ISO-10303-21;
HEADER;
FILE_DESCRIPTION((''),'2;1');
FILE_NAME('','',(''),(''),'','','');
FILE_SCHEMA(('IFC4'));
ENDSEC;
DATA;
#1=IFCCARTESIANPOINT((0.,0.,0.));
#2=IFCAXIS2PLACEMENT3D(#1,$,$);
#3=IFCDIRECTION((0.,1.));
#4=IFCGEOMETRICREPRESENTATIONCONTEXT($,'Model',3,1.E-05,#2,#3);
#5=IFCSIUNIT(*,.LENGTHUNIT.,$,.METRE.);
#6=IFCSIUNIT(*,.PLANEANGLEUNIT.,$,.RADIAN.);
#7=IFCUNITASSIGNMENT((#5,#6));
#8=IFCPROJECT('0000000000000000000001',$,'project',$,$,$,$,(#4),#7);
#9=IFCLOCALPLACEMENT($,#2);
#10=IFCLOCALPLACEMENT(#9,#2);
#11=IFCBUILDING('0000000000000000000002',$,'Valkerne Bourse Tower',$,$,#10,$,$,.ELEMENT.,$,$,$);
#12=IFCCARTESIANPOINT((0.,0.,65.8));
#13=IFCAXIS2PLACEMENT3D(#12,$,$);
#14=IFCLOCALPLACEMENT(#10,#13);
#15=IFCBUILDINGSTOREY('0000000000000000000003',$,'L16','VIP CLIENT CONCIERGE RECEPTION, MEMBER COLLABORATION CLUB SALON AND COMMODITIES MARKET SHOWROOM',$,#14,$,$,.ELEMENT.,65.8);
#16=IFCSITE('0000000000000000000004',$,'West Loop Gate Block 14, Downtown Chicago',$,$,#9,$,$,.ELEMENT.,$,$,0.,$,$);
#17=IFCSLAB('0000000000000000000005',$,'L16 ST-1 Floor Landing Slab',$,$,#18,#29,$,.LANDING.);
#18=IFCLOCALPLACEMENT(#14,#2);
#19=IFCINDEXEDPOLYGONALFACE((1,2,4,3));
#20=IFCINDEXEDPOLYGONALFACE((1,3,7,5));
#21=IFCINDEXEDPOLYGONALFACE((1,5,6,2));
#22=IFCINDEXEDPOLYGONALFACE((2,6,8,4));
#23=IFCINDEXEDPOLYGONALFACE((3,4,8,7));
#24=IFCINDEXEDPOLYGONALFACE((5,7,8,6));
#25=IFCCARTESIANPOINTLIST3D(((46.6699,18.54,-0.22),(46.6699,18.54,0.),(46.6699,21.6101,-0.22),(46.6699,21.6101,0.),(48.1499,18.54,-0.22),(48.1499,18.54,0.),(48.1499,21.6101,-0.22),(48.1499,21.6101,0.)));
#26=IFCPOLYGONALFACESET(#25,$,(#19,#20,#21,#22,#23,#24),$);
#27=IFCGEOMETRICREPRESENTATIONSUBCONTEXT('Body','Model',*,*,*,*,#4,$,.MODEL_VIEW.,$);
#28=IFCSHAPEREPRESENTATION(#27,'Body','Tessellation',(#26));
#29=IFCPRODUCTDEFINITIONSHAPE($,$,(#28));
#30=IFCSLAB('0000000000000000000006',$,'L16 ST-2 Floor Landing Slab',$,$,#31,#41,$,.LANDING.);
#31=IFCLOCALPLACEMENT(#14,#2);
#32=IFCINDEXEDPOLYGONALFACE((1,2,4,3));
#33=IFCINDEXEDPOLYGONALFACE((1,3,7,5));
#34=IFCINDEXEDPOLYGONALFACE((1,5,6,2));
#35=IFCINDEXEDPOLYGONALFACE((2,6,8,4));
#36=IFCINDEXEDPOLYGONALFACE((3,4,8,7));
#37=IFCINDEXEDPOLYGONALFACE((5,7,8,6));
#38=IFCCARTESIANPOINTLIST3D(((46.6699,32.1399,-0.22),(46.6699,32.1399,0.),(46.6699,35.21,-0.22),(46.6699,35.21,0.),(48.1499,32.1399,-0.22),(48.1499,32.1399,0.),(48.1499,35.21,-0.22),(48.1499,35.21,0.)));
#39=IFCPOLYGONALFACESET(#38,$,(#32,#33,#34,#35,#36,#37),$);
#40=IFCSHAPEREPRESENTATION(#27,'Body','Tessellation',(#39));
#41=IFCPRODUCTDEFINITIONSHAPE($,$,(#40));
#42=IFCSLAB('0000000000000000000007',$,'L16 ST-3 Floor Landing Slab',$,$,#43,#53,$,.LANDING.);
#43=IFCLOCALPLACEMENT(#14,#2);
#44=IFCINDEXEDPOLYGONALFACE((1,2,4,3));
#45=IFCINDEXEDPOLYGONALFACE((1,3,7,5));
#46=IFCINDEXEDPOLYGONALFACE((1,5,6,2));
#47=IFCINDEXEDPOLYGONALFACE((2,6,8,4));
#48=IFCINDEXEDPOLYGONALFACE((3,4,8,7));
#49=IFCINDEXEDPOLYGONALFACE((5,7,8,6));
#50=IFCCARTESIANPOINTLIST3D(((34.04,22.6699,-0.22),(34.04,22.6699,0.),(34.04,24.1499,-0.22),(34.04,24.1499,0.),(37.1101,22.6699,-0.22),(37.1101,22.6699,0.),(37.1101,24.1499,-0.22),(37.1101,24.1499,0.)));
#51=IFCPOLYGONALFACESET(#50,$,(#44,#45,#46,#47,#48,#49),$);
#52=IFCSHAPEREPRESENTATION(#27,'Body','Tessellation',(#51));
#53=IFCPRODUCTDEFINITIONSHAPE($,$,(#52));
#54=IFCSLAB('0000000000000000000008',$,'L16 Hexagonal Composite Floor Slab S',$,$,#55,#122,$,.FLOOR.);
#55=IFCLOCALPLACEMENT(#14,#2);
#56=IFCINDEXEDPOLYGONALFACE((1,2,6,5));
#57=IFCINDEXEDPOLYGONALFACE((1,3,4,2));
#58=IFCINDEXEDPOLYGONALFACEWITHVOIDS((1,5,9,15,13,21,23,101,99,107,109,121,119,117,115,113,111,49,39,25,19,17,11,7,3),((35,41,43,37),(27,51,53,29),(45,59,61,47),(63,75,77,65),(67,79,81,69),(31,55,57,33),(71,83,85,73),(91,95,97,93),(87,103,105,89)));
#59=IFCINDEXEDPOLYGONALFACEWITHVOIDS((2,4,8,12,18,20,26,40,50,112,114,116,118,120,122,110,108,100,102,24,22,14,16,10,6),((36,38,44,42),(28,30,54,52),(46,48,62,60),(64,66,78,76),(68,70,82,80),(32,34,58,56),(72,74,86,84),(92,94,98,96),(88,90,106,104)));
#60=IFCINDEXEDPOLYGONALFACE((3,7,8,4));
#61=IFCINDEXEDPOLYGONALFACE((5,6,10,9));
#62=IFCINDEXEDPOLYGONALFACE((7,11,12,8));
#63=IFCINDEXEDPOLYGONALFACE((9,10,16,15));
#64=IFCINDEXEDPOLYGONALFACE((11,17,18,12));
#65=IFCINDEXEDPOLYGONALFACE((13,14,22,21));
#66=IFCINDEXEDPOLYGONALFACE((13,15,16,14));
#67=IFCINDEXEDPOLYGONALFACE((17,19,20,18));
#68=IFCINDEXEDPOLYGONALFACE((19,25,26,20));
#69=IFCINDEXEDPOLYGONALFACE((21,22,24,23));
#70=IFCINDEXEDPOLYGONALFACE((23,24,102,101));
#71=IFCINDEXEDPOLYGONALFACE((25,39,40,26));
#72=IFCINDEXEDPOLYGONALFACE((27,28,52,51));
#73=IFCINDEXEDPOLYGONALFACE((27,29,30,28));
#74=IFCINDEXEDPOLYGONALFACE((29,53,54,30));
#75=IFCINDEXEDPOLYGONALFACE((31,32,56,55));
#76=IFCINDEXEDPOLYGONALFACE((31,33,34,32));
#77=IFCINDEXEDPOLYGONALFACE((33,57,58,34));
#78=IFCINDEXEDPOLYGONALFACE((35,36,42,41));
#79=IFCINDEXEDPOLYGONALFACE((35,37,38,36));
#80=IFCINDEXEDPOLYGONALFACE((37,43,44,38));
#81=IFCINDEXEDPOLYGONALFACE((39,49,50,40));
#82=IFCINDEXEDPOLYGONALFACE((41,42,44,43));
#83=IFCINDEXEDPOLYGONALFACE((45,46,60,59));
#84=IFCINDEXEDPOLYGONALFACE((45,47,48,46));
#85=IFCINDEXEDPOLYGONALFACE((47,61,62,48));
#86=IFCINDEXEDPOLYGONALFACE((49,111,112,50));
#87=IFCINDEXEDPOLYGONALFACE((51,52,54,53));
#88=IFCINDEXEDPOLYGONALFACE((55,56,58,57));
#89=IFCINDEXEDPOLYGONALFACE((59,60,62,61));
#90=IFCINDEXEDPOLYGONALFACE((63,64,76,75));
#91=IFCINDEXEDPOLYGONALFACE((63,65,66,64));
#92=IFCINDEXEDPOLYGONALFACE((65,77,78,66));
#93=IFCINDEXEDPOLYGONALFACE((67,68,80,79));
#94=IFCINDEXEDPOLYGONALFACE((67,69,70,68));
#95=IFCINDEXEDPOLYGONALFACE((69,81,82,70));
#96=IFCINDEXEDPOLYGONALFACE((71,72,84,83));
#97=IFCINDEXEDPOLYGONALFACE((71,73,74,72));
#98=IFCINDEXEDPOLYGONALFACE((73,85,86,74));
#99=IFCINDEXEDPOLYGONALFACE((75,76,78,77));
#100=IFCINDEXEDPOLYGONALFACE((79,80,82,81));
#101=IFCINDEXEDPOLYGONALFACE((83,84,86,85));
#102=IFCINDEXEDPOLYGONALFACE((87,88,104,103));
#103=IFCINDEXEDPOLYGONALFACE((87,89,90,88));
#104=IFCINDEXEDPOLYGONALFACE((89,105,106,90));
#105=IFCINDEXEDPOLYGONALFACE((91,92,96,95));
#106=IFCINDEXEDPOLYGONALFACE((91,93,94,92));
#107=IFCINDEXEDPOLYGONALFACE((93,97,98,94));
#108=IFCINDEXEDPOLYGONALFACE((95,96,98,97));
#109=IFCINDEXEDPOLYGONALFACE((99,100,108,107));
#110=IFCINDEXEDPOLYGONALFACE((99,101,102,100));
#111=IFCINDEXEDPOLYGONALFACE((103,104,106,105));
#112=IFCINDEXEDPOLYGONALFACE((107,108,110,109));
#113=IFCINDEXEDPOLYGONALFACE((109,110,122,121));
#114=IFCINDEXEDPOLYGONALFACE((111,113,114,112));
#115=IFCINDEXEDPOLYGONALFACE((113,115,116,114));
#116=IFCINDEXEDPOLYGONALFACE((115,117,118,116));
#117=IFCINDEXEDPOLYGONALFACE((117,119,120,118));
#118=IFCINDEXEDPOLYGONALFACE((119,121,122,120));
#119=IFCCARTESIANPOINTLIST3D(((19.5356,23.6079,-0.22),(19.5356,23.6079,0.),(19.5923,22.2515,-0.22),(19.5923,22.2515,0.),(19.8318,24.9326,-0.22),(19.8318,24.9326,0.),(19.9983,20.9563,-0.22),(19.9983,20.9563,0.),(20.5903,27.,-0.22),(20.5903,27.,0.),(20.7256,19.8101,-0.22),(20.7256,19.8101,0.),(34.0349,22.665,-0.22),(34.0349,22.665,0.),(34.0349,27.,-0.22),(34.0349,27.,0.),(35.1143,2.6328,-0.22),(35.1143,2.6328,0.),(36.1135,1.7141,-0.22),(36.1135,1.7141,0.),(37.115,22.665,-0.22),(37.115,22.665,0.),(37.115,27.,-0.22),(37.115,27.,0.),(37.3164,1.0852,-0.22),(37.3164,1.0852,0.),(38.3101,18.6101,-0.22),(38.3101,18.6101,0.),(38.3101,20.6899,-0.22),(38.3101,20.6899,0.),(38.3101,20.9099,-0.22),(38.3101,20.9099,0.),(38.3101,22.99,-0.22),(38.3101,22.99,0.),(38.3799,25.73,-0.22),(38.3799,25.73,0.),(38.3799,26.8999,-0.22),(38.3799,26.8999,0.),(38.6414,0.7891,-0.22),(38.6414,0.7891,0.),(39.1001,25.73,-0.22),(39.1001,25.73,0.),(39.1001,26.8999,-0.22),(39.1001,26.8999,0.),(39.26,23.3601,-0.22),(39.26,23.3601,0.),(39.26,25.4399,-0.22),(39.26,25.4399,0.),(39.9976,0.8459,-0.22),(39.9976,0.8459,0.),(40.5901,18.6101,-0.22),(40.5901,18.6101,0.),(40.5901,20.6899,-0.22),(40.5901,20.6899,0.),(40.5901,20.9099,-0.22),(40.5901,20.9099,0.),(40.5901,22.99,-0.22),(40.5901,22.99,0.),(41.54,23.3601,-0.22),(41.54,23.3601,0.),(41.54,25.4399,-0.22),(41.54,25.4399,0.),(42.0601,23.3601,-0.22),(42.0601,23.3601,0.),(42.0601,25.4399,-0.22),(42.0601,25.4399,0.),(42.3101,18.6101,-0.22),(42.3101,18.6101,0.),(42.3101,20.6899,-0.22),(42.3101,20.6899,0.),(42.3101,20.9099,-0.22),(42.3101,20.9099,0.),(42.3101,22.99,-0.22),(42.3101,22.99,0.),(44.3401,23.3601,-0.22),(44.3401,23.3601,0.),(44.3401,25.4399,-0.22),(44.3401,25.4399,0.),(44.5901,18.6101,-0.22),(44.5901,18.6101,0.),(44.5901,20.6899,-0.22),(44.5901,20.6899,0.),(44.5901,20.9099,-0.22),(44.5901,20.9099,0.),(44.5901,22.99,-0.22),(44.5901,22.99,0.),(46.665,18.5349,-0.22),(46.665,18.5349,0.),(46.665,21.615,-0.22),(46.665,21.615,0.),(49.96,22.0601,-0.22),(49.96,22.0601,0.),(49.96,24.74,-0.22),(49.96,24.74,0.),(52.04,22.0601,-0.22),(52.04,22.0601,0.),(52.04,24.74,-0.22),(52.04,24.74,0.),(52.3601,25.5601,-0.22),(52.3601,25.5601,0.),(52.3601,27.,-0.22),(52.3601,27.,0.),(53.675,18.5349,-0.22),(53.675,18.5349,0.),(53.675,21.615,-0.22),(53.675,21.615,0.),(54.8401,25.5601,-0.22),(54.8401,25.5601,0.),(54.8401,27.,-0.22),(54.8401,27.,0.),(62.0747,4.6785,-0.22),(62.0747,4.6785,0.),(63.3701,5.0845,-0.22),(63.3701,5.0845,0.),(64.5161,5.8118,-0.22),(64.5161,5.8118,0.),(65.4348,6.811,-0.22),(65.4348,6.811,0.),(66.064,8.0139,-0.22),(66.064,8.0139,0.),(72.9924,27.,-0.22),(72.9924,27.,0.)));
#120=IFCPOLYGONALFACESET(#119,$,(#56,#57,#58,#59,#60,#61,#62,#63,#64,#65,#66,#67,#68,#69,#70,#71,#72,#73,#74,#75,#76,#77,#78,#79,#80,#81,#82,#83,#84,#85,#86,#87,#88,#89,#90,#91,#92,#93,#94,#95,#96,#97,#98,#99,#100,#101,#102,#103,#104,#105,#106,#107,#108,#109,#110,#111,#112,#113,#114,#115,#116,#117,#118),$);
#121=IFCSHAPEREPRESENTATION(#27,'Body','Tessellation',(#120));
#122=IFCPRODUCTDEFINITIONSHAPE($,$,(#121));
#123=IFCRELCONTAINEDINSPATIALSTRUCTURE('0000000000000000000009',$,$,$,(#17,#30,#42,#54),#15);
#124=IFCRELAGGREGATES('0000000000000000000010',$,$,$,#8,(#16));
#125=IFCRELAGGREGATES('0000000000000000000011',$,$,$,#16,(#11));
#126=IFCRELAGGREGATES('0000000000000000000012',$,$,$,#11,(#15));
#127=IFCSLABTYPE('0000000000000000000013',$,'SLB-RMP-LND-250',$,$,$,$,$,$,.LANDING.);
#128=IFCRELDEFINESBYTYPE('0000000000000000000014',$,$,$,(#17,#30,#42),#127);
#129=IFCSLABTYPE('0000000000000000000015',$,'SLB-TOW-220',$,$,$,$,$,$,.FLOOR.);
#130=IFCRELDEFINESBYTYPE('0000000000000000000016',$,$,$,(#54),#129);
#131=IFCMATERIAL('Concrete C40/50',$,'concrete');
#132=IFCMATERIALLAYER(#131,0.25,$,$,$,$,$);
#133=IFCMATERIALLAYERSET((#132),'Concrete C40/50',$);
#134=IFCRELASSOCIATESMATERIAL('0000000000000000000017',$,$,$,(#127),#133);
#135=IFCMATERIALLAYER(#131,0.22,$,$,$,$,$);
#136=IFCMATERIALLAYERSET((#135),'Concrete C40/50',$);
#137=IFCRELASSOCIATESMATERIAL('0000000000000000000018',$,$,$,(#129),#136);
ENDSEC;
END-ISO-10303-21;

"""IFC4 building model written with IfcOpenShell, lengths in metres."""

from ifc_helpers import new_model, si_unit, direction, frame, origin, place, context, subcontext, project, spatial, polyline, outline, extrude, material, layer, layer_set, type_object, element, save


model = new_model("IFC4")

# Units and contexts
model_context = context("Model", 3, precision=1e-05, world=origin(), true_north=direction((0.0, 1.0)))
body_context = subcontext(model_context, "Body", "Model", "MODEL_VIEW")
ifc_project = project(units=[si_unit("LENGTHUNIT", "METRE"), si_unit("PLANEANGLEUNIT", "RADIAN")], contexts=[model_context])

# Site, building, storey
site_placement = place(None, origin())
site = spatial("IfcSite", under=ifc_project, at=site_placement, Name="West Loop Gate Block 14, Downtown Chicago", CompositionType="ELEMENT", RefElevation=0.0)
building_placement = place(site_placement, origin())
building = spatial("IfcBuilding", under=site, at=building_placement, Name="Valkerne Bourse Tower", CompositionType="ELEMENT")
storey_placement = place(building_placement, frame((0.0, 0.0, 65.8)))
storey = spatial("IfcBuildingStorey", under=building, at=storey_placement, Name="L16", Description="VIP CLIENT CONCIERGE RECEPTION, MEMBER COLLABORATION CLUB SALON AND COMMODITIES MARKET SHOWROOM", CompositionType="ELEMENT", Elevation=65.8)

# Slabs
ifc_material_1 = material(Name="Concrete C40/50", Category="concrete")
ifc_layer_1 = layer(ifc_material_1, 0.25)
ifc_layer_set_1 = layer_set([ifc_layer_1], Name="Concrete C40/50")
slab_type_1 = type_object("IfcSlabType", Name="SLB-RMP-LND-250", PredefinedType="LANDING", material=ifc_layer_set_1)
slab_1_placement = place(storey_placement, frame((0.0, 0.0, -0.22)))
element("IfcSlab", 1, at=slab_1_placement, inside=storey, type_object=slab_type_1, Name="L16 ST-1 Floor Landing Slab", PredefinedType="LANDING", context=body_context, shape_type="SweptSolid", body=[
    extrude(outline(polyline([(46.6699, 18.54), (48.1499, 18.54), (48.1499, 21.6101), (46.6699, 21.6101), (46.6699, 18.54)])), origin(), (0.0, 0.0, 1.0), 0.22),
])
slab_2_placement = place(storey_placement, frame((0.0, 0.0, -0.22)))
element("IfcSlab", 2, at=slab_2_placement, inside=storey, type_object=slab_type_1, Name="L16 ST-2 Floor Landing Slab", PredefinedType="LANDING", context=body_context, shape_type="SweptSolid", body=[
    extrude(outline(polyline([(46.6699, 32.1399), (48.1499, 32.1399), (48.1499, 35.21), (46.6699, 35.21), (46.6699, 32.1399)])), origin(), (0.0, 0.0, 1.0), 0.22),
])
slab_3_placement = place(storey_placement, frame((0.0, 0.0, -0.22)))
element("IfcSlab", 3, at=slab_3_placement, inside=storey, type_object=slab_type_1, Name="L16 ST-3 Floor Landing Slab", PredefinedType="LANDING", context=body_context, shape_type="SweptSolid", body=[
    extrude(outline(polyline([(37.1101, 22.6699), (37.1101, 24.1499), (34.04, 24.1499), (34.04, 22.6699), (37.1101, 22.6699)])), origin(), (0.0, 0.0, 1.0), 0.22),
])
ifc_layer_2 = layer(ifc_material_1, 0.22)
ifc_layer_set_2 = layer_set([ifc_layer_2], Name="Concrete C40/50")
slab_type_2 = type_object("IfcSlabType", Name="SLB-TOW-220", PredefinedType="FLOOR", material=ifc_layer_set_2)
slab_4_placement = place(storey_placement, frame((0.0, 0.0, -0.22)))
element("IfcSlab", 4, at=slab_4_placement, inside=storey, type_object=slab_type_2, Name="L16 Hexagonal Composite Floor Slab S", PredefinedType="FLOOR", context=body_context, shape_type="SweptSolid", body=[
    extrude(outline(polyline([(65.4348, 6.811), (64.5161, 5.8118), (63.3701, 5.0845), (62.0747, 4.6785), (39.9976, 0.8459), (38.6414, 0.7891), (37.3164, 1.0852), (36.1135, 1.7141), (35.1143, 2.6328), (20.7256, 19.8101), (19.9983, 20.9563), (19.5923, 22.2515), (19.5356, 23.6079), (19.8318, 24.9326), (20.5903, 27.0), (34.0349, 27.0), (34.0349, 22.665), (37.115, 22.665), (37.115, 27.0), (52.3601, 27.0), (52.3601, 25.5601), (54.8401, 25.5601), (54.8401, 27.0), (72.9924, 27.0), (66.064, 8.0139), (65.4348, 6.811)]), holes=[polyline([(40.5901, 20.6899), (38.3101, 20.6899), (38.3101, 18.6101), (40.5901, 18.6101), (40.5901, 20.6899)]), polyline([(40.5901, 22.99), (38.3101, 22.99), (38.3101, 20.9099), (40.5901, 20.9099), (40.5901, 22.99)]), polyline([(41.54, 25.4399), (39.26, 25.4399), (39.26, 23.3601), (41.54, 23.3601), (41.54, 25.4399)]), polyline([(39.1001, 25.73), (39.1001, 26.8999), (38.3799, 26.8999), (38.3799, 25.73), (39.1001, 25.73)]), polyline([(44.5901, 20.6899), (42.3101, 20.6899), (42.3101, 18.6101), (44.5901, 18.6101), (44.5901, 20.6899)]), polyline([(53.675, 21.615), (46.665, 21.615), (46.665, 18.5349), (53.675, 18.5349), (53.675, 21.615)]), polyline([(44.5901, 22.99), (42.3101, 22.99), (42.3101, 20.9099), (44.5901, 20.9099), (44.5901, 22.99)]), polyline([(52.04, 22.0601), (52.04, 24.74), (49.96, 24.74), (49.96, 22.0601), (52.04, 22.0601)]), polyline([(44.3401, 23.3601), (44.3401, 25.4399), (42.0601, 25.4399), (42.0601, 23.3601), (44.3401, 23.3601)])]), origin(), (0.0, 0.0, 1.0), 0.22),
])

save(model, "model.ifc")
